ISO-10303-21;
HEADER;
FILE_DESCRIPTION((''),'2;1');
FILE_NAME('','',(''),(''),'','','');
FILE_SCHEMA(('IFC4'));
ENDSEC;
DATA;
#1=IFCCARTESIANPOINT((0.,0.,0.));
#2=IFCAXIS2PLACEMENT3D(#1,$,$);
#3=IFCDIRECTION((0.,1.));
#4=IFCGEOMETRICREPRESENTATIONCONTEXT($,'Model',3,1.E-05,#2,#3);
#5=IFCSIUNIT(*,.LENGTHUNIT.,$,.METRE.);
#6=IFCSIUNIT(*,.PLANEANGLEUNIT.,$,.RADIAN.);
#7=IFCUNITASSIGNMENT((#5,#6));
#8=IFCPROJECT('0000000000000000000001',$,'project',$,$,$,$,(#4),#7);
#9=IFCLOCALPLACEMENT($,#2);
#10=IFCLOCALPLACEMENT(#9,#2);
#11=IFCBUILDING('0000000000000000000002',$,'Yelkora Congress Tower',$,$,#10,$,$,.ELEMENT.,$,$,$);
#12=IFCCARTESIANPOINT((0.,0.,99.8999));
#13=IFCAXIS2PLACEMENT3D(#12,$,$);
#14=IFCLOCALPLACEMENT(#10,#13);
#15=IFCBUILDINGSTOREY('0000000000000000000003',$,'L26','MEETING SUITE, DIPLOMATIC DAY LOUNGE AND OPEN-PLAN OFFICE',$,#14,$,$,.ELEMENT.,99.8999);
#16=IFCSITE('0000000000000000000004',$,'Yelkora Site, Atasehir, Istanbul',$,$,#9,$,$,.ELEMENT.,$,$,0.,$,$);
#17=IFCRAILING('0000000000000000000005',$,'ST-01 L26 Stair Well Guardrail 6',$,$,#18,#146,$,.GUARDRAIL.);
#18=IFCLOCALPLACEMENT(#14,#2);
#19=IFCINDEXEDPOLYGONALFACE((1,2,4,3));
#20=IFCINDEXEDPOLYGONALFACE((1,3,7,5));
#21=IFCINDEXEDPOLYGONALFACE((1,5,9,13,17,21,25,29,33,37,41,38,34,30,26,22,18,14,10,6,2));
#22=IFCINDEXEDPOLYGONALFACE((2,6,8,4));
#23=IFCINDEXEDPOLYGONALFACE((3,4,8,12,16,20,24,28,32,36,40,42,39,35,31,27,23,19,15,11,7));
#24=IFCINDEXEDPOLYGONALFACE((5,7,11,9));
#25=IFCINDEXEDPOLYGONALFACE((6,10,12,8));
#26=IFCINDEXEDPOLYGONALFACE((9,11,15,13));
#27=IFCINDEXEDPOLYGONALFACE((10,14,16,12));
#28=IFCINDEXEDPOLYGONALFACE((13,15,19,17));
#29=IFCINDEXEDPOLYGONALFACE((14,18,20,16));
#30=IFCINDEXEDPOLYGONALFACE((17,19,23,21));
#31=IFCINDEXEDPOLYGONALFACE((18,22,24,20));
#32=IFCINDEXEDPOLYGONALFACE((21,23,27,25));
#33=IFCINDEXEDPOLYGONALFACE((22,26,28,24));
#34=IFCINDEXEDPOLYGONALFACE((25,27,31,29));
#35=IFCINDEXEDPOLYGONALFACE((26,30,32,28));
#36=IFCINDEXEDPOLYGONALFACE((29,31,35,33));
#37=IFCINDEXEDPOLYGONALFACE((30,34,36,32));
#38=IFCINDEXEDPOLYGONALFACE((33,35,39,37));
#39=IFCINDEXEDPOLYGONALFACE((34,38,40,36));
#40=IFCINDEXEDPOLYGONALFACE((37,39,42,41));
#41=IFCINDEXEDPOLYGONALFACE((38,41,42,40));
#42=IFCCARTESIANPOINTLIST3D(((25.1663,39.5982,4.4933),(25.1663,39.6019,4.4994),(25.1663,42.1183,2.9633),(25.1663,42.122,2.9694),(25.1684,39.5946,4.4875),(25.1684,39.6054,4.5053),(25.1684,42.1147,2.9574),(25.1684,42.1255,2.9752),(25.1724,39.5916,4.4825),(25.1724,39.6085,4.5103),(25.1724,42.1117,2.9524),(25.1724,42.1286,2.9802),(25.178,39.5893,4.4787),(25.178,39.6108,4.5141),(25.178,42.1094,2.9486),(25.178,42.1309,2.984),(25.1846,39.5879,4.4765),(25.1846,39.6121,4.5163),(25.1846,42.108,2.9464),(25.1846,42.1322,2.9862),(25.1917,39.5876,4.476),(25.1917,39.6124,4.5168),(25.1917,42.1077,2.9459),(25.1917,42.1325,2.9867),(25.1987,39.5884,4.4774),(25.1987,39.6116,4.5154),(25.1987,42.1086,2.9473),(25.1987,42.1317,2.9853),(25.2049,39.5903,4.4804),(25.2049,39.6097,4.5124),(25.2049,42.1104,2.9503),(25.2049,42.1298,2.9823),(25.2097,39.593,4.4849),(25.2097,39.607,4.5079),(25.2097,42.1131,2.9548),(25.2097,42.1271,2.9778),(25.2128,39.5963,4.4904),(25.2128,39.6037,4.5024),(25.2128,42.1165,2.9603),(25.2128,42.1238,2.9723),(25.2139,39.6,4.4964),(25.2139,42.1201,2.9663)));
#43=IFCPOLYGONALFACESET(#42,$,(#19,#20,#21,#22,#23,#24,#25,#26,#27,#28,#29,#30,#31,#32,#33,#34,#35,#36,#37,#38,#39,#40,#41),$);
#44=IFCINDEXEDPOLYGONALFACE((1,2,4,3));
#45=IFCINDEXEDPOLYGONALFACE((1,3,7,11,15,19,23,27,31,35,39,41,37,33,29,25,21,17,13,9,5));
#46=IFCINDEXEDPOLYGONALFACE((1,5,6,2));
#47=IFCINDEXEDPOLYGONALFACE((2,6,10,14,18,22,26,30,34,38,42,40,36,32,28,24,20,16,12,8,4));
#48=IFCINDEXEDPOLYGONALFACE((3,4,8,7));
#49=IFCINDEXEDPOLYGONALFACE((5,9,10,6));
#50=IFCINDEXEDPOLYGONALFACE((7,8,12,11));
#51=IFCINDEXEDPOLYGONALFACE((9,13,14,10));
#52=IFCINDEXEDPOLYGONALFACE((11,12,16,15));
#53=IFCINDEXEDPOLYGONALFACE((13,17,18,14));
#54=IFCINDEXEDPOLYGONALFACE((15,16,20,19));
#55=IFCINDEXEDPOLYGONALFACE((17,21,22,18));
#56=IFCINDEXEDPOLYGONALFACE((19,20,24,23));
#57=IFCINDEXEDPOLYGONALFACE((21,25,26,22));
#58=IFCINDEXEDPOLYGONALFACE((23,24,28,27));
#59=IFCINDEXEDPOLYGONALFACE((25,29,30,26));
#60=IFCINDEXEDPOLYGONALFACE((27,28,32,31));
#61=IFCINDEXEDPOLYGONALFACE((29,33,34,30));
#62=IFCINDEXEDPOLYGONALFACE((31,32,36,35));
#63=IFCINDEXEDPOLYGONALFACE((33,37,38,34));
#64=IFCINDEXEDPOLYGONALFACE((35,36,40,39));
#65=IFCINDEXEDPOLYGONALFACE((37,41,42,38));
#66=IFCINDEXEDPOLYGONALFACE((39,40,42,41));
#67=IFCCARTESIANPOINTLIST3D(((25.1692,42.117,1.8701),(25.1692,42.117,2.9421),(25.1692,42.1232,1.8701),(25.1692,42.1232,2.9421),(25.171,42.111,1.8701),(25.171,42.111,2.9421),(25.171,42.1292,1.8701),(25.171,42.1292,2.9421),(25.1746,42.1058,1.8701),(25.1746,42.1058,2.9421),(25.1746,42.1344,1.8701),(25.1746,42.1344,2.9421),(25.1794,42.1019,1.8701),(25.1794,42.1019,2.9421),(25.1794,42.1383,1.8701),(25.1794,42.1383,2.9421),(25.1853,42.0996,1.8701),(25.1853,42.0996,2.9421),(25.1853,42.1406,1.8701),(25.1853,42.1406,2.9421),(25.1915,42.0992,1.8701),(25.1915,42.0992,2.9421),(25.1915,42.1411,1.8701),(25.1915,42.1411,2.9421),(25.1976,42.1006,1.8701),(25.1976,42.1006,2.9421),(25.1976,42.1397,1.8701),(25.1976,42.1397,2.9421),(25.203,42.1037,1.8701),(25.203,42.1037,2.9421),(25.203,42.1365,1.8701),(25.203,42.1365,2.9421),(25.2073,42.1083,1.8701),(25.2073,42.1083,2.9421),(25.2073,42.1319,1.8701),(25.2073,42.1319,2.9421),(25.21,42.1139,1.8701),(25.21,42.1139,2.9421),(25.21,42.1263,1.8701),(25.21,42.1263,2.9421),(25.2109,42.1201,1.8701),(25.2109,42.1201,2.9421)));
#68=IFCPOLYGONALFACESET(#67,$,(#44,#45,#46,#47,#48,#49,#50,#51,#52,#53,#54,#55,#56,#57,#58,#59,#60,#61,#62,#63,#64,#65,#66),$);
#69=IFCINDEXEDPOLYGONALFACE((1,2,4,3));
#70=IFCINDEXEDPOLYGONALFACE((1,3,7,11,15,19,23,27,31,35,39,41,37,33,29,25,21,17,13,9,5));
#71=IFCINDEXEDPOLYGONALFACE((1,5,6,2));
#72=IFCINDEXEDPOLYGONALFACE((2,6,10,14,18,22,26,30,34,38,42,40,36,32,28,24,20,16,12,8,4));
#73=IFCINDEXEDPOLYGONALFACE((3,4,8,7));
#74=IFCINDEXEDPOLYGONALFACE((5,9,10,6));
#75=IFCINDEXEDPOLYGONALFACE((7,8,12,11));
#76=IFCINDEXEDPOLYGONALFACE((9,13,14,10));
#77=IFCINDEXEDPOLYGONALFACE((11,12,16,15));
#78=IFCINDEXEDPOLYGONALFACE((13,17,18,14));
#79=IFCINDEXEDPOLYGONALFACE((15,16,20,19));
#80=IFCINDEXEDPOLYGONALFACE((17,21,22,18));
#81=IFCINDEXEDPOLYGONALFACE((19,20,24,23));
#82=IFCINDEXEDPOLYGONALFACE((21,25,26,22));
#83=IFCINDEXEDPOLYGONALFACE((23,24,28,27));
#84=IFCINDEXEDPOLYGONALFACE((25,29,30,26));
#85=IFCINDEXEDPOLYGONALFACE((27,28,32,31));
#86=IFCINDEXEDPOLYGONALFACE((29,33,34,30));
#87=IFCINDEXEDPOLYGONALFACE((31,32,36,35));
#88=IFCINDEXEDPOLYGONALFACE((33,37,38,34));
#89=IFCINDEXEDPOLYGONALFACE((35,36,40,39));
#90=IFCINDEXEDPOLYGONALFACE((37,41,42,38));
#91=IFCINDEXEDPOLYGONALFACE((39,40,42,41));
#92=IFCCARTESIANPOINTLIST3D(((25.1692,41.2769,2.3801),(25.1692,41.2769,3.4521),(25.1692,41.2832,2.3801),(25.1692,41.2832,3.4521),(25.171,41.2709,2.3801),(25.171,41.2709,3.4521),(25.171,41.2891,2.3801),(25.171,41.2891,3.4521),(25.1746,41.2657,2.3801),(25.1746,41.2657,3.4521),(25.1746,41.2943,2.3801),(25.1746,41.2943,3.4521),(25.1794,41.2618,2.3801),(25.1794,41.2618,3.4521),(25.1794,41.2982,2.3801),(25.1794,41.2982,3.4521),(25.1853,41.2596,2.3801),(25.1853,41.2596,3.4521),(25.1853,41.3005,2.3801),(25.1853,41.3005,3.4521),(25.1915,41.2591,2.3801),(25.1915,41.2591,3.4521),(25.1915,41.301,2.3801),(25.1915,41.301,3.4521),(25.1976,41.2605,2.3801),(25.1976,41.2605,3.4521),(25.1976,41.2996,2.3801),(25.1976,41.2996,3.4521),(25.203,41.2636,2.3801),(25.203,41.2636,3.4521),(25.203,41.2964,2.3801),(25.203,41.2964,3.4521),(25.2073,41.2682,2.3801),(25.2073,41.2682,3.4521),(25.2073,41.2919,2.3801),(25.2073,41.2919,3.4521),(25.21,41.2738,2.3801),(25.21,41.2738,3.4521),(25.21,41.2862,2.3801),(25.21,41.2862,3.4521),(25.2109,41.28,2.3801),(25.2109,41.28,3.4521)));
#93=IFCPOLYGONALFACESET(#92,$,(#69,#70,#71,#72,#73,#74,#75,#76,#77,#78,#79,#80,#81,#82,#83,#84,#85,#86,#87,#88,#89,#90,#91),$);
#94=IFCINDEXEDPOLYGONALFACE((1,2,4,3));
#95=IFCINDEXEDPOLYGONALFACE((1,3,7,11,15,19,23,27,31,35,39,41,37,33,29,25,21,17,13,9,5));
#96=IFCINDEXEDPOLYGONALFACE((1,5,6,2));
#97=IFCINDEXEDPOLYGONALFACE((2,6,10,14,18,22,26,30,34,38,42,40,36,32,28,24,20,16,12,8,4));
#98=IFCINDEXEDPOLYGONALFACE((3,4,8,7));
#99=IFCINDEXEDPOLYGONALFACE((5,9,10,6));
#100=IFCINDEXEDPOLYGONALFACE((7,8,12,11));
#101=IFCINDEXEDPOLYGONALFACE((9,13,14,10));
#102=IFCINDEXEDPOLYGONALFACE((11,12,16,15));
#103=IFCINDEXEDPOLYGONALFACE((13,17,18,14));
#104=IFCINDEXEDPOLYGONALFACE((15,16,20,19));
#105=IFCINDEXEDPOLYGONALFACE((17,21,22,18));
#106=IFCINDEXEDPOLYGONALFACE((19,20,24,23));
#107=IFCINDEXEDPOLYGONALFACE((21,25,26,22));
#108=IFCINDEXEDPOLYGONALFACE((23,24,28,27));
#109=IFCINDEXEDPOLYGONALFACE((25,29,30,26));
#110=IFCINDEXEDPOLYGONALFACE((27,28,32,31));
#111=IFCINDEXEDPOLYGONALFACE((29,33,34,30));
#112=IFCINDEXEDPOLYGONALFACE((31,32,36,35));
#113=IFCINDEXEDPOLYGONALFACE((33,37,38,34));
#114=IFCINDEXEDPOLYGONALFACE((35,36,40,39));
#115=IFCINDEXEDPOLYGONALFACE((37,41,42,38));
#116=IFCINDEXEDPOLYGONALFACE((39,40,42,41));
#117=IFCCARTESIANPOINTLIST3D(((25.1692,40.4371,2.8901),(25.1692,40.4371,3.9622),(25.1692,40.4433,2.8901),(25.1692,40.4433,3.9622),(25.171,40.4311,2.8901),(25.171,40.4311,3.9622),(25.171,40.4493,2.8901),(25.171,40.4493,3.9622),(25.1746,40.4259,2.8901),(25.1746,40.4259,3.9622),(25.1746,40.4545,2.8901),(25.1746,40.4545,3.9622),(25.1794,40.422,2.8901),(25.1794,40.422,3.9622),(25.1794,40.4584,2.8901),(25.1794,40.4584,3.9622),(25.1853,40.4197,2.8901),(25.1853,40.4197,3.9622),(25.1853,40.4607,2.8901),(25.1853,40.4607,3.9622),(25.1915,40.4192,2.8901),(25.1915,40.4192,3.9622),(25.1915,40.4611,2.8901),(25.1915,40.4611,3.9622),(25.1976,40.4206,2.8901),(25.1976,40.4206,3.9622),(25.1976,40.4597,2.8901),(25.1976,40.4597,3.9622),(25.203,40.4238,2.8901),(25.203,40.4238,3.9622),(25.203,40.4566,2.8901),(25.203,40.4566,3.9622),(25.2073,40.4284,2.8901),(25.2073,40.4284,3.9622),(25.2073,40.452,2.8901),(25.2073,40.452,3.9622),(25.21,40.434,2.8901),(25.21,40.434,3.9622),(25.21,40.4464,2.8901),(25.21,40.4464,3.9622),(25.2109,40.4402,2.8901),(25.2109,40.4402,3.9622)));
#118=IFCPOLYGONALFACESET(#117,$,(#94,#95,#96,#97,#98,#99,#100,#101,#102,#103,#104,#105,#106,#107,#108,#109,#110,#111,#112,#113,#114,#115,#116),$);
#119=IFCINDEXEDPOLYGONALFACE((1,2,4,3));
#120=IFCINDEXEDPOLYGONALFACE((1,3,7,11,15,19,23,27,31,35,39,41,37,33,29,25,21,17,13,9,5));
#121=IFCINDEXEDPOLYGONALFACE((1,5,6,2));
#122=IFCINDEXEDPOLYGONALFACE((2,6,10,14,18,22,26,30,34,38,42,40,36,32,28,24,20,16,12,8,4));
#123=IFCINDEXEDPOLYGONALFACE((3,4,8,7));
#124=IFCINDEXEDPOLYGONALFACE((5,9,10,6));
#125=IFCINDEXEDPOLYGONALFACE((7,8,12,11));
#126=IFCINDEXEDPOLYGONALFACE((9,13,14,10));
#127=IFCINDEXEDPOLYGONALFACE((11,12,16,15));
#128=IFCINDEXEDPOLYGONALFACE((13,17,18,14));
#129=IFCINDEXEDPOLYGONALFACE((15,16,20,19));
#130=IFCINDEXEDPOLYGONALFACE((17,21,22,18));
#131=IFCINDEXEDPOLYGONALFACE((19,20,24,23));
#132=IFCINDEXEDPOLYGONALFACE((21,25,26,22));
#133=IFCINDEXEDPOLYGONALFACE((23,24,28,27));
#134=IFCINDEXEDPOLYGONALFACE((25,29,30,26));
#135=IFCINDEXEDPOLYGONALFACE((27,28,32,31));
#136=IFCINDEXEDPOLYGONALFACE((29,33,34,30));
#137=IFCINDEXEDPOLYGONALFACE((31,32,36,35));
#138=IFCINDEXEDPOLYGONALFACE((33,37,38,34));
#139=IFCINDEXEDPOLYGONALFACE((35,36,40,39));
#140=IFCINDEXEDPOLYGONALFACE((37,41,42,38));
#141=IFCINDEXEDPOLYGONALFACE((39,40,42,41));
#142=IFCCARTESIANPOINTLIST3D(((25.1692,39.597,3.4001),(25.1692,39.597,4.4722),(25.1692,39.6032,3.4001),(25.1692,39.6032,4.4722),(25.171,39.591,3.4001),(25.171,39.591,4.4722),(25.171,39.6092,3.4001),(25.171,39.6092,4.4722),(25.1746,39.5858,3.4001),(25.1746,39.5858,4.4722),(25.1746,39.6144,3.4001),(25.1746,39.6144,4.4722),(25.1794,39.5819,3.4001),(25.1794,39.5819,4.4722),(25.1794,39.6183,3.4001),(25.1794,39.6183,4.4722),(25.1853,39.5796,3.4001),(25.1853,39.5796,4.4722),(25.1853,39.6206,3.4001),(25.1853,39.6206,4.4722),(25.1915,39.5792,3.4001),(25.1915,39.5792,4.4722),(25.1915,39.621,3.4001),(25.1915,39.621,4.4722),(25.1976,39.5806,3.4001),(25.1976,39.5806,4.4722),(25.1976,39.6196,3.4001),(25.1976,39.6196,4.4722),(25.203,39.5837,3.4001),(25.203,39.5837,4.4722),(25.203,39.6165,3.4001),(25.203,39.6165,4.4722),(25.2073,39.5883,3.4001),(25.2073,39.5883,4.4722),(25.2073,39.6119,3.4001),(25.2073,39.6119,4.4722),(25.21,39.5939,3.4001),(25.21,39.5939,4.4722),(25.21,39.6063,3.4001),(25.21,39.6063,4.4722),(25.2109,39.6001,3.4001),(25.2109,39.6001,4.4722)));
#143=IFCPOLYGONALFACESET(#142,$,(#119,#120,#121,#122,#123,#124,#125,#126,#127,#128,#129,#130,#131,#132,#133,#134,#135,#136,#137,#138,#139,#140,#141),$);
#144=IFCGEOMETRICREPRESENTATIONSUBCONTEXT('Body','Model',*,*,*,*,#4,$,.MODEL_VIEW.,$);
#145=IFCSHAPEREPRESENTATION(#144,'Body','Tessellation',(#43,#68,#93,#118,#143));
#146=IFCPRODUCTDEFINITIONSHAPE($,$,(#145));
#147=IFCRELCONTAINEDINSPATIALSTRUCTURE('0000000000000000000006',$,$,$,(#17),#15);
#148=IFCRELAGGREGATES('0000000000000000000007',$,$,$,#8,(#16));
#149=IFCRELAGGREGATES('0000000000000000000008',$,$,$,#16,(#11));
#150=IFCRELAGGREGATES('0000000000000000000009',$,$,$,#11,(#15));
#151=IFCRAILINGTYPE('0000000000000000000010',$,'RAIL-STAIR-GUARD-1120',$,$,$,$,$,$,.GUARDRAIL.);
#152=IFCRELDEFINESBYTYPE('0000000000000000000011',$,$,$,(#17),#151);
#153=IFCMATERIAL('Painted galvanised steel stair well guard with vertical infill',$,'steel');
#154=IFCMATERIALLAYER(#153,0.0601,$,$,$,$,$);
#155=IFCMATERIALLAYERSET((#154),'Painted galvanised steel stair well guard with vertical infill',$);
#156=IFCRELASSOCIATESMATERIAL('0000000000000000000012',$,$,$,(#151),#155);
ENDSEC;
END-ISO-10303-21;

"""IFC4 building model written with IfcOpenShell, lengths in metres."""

from ifc_helpers import new_model, si_unit, direction, frame, origin, origin_2d, place, context, subcontext, project, spatial, circle, extrude, material, layer, layer_set, type_object, element, save


model = new_model("IFC4")

# Units and contexts
model_context = context("Model", 3, precision=1e-05, world=origin(), true_north=direction((0.0, 1.0)))
body_context = subcontext(model_context, "Body", "Model", "MODEL_VIEW")
ifc_project = project(units=[si_unit("LENGTHUNIT", "METRE"), si_unit("PLANEANGLEUNIT", "RADIAN")], contexts=[model_context])

# Site, building, storey
site_placement = place(None, origin())
site = spatial("IfcSite", under=ifc_project, at=site_placement, Name="Yelkora Site, Atasehir, Istanbul", CompositionType="ELEMENT", RefElevation=0.0)
building_placement = place(site_placement, origin())
building = spatial("IfcBuilding", under=site, at=building_placement, Name="Yelkora Congress Tower", CompositionType="ELEMENT")
storey_placement = place(building_placement, frame((0.0, 0.0, 99.8999)))
storey = spatial("IfcBuildingStorey", under=building, at=storey_placement, Name="L26", Description="MEETING SUITE, DIPLOMATIC DAY LOUNGE AND OPEN-PLAN OFFICE", CompositionType="ELEMENT", Elevation=99.8999)

# Railing
ifc_material_1 = material(Name="Painted galvanised steel stair well guard with vertical infill", Category="steel")
ifc_layer_1 = layer(ifc_material_1, 0.0601)
ifc_layer_set_1 = layer_set([ifc_layer_1], Name="Painted galvanised steel stair well guard with vertical infill")
railing_type_1 = type_object("IfcRailingType", Name="RAIL-STAIR-GUARD-1120", PredefinedType="GUARDRAIL", material=ifc_layer_set_1)
railing_1_placement = place(storey_placement, frame((25.1899, 42.1201, 1.8701)))
element("IfcRailing", 1, at=railing_1_placement, inside=storey, type_object=railing_type_1, Name="ST-01 L26 Stair Well Guardrail 6", PredefinedType="GUARDRAIL", context=body_context, shape_type="SweptSolid", body=[
    extrude(circle(Radius=0.0239, at=origin_2d()), frame((0.0, 0.0, 1.0962), z_axis=(0.0, -0.854785, 0.518982), x_axis=(1.0, 0.0, 0.0)), (0.0, 0.0, 1.0), 2.9482),
    extrude(circle(Radius=0.021, at=origin_2d()), origin(), (0.0, 0.0, 1.0), 1.072),
    extrude(circle(Radius=0.021, at=origin_2d()), frame((0.0, -0.8401, 0.51)), (0.0, 0.0, 1.0), 1.072),
    extrude(circle(Radius=0.021, at=origin_2d()), frame((0.0, -1.6799, 1.02)), (0.0, 0.0, 1.0), 1.072),
    extrude(circle(Radius=0.021, at=origin_2d()), frame((0.0, -2.52, 1.53)), (0.0, 0.0, 1.0), 1.072),
])

save(model, "model.ifc")
